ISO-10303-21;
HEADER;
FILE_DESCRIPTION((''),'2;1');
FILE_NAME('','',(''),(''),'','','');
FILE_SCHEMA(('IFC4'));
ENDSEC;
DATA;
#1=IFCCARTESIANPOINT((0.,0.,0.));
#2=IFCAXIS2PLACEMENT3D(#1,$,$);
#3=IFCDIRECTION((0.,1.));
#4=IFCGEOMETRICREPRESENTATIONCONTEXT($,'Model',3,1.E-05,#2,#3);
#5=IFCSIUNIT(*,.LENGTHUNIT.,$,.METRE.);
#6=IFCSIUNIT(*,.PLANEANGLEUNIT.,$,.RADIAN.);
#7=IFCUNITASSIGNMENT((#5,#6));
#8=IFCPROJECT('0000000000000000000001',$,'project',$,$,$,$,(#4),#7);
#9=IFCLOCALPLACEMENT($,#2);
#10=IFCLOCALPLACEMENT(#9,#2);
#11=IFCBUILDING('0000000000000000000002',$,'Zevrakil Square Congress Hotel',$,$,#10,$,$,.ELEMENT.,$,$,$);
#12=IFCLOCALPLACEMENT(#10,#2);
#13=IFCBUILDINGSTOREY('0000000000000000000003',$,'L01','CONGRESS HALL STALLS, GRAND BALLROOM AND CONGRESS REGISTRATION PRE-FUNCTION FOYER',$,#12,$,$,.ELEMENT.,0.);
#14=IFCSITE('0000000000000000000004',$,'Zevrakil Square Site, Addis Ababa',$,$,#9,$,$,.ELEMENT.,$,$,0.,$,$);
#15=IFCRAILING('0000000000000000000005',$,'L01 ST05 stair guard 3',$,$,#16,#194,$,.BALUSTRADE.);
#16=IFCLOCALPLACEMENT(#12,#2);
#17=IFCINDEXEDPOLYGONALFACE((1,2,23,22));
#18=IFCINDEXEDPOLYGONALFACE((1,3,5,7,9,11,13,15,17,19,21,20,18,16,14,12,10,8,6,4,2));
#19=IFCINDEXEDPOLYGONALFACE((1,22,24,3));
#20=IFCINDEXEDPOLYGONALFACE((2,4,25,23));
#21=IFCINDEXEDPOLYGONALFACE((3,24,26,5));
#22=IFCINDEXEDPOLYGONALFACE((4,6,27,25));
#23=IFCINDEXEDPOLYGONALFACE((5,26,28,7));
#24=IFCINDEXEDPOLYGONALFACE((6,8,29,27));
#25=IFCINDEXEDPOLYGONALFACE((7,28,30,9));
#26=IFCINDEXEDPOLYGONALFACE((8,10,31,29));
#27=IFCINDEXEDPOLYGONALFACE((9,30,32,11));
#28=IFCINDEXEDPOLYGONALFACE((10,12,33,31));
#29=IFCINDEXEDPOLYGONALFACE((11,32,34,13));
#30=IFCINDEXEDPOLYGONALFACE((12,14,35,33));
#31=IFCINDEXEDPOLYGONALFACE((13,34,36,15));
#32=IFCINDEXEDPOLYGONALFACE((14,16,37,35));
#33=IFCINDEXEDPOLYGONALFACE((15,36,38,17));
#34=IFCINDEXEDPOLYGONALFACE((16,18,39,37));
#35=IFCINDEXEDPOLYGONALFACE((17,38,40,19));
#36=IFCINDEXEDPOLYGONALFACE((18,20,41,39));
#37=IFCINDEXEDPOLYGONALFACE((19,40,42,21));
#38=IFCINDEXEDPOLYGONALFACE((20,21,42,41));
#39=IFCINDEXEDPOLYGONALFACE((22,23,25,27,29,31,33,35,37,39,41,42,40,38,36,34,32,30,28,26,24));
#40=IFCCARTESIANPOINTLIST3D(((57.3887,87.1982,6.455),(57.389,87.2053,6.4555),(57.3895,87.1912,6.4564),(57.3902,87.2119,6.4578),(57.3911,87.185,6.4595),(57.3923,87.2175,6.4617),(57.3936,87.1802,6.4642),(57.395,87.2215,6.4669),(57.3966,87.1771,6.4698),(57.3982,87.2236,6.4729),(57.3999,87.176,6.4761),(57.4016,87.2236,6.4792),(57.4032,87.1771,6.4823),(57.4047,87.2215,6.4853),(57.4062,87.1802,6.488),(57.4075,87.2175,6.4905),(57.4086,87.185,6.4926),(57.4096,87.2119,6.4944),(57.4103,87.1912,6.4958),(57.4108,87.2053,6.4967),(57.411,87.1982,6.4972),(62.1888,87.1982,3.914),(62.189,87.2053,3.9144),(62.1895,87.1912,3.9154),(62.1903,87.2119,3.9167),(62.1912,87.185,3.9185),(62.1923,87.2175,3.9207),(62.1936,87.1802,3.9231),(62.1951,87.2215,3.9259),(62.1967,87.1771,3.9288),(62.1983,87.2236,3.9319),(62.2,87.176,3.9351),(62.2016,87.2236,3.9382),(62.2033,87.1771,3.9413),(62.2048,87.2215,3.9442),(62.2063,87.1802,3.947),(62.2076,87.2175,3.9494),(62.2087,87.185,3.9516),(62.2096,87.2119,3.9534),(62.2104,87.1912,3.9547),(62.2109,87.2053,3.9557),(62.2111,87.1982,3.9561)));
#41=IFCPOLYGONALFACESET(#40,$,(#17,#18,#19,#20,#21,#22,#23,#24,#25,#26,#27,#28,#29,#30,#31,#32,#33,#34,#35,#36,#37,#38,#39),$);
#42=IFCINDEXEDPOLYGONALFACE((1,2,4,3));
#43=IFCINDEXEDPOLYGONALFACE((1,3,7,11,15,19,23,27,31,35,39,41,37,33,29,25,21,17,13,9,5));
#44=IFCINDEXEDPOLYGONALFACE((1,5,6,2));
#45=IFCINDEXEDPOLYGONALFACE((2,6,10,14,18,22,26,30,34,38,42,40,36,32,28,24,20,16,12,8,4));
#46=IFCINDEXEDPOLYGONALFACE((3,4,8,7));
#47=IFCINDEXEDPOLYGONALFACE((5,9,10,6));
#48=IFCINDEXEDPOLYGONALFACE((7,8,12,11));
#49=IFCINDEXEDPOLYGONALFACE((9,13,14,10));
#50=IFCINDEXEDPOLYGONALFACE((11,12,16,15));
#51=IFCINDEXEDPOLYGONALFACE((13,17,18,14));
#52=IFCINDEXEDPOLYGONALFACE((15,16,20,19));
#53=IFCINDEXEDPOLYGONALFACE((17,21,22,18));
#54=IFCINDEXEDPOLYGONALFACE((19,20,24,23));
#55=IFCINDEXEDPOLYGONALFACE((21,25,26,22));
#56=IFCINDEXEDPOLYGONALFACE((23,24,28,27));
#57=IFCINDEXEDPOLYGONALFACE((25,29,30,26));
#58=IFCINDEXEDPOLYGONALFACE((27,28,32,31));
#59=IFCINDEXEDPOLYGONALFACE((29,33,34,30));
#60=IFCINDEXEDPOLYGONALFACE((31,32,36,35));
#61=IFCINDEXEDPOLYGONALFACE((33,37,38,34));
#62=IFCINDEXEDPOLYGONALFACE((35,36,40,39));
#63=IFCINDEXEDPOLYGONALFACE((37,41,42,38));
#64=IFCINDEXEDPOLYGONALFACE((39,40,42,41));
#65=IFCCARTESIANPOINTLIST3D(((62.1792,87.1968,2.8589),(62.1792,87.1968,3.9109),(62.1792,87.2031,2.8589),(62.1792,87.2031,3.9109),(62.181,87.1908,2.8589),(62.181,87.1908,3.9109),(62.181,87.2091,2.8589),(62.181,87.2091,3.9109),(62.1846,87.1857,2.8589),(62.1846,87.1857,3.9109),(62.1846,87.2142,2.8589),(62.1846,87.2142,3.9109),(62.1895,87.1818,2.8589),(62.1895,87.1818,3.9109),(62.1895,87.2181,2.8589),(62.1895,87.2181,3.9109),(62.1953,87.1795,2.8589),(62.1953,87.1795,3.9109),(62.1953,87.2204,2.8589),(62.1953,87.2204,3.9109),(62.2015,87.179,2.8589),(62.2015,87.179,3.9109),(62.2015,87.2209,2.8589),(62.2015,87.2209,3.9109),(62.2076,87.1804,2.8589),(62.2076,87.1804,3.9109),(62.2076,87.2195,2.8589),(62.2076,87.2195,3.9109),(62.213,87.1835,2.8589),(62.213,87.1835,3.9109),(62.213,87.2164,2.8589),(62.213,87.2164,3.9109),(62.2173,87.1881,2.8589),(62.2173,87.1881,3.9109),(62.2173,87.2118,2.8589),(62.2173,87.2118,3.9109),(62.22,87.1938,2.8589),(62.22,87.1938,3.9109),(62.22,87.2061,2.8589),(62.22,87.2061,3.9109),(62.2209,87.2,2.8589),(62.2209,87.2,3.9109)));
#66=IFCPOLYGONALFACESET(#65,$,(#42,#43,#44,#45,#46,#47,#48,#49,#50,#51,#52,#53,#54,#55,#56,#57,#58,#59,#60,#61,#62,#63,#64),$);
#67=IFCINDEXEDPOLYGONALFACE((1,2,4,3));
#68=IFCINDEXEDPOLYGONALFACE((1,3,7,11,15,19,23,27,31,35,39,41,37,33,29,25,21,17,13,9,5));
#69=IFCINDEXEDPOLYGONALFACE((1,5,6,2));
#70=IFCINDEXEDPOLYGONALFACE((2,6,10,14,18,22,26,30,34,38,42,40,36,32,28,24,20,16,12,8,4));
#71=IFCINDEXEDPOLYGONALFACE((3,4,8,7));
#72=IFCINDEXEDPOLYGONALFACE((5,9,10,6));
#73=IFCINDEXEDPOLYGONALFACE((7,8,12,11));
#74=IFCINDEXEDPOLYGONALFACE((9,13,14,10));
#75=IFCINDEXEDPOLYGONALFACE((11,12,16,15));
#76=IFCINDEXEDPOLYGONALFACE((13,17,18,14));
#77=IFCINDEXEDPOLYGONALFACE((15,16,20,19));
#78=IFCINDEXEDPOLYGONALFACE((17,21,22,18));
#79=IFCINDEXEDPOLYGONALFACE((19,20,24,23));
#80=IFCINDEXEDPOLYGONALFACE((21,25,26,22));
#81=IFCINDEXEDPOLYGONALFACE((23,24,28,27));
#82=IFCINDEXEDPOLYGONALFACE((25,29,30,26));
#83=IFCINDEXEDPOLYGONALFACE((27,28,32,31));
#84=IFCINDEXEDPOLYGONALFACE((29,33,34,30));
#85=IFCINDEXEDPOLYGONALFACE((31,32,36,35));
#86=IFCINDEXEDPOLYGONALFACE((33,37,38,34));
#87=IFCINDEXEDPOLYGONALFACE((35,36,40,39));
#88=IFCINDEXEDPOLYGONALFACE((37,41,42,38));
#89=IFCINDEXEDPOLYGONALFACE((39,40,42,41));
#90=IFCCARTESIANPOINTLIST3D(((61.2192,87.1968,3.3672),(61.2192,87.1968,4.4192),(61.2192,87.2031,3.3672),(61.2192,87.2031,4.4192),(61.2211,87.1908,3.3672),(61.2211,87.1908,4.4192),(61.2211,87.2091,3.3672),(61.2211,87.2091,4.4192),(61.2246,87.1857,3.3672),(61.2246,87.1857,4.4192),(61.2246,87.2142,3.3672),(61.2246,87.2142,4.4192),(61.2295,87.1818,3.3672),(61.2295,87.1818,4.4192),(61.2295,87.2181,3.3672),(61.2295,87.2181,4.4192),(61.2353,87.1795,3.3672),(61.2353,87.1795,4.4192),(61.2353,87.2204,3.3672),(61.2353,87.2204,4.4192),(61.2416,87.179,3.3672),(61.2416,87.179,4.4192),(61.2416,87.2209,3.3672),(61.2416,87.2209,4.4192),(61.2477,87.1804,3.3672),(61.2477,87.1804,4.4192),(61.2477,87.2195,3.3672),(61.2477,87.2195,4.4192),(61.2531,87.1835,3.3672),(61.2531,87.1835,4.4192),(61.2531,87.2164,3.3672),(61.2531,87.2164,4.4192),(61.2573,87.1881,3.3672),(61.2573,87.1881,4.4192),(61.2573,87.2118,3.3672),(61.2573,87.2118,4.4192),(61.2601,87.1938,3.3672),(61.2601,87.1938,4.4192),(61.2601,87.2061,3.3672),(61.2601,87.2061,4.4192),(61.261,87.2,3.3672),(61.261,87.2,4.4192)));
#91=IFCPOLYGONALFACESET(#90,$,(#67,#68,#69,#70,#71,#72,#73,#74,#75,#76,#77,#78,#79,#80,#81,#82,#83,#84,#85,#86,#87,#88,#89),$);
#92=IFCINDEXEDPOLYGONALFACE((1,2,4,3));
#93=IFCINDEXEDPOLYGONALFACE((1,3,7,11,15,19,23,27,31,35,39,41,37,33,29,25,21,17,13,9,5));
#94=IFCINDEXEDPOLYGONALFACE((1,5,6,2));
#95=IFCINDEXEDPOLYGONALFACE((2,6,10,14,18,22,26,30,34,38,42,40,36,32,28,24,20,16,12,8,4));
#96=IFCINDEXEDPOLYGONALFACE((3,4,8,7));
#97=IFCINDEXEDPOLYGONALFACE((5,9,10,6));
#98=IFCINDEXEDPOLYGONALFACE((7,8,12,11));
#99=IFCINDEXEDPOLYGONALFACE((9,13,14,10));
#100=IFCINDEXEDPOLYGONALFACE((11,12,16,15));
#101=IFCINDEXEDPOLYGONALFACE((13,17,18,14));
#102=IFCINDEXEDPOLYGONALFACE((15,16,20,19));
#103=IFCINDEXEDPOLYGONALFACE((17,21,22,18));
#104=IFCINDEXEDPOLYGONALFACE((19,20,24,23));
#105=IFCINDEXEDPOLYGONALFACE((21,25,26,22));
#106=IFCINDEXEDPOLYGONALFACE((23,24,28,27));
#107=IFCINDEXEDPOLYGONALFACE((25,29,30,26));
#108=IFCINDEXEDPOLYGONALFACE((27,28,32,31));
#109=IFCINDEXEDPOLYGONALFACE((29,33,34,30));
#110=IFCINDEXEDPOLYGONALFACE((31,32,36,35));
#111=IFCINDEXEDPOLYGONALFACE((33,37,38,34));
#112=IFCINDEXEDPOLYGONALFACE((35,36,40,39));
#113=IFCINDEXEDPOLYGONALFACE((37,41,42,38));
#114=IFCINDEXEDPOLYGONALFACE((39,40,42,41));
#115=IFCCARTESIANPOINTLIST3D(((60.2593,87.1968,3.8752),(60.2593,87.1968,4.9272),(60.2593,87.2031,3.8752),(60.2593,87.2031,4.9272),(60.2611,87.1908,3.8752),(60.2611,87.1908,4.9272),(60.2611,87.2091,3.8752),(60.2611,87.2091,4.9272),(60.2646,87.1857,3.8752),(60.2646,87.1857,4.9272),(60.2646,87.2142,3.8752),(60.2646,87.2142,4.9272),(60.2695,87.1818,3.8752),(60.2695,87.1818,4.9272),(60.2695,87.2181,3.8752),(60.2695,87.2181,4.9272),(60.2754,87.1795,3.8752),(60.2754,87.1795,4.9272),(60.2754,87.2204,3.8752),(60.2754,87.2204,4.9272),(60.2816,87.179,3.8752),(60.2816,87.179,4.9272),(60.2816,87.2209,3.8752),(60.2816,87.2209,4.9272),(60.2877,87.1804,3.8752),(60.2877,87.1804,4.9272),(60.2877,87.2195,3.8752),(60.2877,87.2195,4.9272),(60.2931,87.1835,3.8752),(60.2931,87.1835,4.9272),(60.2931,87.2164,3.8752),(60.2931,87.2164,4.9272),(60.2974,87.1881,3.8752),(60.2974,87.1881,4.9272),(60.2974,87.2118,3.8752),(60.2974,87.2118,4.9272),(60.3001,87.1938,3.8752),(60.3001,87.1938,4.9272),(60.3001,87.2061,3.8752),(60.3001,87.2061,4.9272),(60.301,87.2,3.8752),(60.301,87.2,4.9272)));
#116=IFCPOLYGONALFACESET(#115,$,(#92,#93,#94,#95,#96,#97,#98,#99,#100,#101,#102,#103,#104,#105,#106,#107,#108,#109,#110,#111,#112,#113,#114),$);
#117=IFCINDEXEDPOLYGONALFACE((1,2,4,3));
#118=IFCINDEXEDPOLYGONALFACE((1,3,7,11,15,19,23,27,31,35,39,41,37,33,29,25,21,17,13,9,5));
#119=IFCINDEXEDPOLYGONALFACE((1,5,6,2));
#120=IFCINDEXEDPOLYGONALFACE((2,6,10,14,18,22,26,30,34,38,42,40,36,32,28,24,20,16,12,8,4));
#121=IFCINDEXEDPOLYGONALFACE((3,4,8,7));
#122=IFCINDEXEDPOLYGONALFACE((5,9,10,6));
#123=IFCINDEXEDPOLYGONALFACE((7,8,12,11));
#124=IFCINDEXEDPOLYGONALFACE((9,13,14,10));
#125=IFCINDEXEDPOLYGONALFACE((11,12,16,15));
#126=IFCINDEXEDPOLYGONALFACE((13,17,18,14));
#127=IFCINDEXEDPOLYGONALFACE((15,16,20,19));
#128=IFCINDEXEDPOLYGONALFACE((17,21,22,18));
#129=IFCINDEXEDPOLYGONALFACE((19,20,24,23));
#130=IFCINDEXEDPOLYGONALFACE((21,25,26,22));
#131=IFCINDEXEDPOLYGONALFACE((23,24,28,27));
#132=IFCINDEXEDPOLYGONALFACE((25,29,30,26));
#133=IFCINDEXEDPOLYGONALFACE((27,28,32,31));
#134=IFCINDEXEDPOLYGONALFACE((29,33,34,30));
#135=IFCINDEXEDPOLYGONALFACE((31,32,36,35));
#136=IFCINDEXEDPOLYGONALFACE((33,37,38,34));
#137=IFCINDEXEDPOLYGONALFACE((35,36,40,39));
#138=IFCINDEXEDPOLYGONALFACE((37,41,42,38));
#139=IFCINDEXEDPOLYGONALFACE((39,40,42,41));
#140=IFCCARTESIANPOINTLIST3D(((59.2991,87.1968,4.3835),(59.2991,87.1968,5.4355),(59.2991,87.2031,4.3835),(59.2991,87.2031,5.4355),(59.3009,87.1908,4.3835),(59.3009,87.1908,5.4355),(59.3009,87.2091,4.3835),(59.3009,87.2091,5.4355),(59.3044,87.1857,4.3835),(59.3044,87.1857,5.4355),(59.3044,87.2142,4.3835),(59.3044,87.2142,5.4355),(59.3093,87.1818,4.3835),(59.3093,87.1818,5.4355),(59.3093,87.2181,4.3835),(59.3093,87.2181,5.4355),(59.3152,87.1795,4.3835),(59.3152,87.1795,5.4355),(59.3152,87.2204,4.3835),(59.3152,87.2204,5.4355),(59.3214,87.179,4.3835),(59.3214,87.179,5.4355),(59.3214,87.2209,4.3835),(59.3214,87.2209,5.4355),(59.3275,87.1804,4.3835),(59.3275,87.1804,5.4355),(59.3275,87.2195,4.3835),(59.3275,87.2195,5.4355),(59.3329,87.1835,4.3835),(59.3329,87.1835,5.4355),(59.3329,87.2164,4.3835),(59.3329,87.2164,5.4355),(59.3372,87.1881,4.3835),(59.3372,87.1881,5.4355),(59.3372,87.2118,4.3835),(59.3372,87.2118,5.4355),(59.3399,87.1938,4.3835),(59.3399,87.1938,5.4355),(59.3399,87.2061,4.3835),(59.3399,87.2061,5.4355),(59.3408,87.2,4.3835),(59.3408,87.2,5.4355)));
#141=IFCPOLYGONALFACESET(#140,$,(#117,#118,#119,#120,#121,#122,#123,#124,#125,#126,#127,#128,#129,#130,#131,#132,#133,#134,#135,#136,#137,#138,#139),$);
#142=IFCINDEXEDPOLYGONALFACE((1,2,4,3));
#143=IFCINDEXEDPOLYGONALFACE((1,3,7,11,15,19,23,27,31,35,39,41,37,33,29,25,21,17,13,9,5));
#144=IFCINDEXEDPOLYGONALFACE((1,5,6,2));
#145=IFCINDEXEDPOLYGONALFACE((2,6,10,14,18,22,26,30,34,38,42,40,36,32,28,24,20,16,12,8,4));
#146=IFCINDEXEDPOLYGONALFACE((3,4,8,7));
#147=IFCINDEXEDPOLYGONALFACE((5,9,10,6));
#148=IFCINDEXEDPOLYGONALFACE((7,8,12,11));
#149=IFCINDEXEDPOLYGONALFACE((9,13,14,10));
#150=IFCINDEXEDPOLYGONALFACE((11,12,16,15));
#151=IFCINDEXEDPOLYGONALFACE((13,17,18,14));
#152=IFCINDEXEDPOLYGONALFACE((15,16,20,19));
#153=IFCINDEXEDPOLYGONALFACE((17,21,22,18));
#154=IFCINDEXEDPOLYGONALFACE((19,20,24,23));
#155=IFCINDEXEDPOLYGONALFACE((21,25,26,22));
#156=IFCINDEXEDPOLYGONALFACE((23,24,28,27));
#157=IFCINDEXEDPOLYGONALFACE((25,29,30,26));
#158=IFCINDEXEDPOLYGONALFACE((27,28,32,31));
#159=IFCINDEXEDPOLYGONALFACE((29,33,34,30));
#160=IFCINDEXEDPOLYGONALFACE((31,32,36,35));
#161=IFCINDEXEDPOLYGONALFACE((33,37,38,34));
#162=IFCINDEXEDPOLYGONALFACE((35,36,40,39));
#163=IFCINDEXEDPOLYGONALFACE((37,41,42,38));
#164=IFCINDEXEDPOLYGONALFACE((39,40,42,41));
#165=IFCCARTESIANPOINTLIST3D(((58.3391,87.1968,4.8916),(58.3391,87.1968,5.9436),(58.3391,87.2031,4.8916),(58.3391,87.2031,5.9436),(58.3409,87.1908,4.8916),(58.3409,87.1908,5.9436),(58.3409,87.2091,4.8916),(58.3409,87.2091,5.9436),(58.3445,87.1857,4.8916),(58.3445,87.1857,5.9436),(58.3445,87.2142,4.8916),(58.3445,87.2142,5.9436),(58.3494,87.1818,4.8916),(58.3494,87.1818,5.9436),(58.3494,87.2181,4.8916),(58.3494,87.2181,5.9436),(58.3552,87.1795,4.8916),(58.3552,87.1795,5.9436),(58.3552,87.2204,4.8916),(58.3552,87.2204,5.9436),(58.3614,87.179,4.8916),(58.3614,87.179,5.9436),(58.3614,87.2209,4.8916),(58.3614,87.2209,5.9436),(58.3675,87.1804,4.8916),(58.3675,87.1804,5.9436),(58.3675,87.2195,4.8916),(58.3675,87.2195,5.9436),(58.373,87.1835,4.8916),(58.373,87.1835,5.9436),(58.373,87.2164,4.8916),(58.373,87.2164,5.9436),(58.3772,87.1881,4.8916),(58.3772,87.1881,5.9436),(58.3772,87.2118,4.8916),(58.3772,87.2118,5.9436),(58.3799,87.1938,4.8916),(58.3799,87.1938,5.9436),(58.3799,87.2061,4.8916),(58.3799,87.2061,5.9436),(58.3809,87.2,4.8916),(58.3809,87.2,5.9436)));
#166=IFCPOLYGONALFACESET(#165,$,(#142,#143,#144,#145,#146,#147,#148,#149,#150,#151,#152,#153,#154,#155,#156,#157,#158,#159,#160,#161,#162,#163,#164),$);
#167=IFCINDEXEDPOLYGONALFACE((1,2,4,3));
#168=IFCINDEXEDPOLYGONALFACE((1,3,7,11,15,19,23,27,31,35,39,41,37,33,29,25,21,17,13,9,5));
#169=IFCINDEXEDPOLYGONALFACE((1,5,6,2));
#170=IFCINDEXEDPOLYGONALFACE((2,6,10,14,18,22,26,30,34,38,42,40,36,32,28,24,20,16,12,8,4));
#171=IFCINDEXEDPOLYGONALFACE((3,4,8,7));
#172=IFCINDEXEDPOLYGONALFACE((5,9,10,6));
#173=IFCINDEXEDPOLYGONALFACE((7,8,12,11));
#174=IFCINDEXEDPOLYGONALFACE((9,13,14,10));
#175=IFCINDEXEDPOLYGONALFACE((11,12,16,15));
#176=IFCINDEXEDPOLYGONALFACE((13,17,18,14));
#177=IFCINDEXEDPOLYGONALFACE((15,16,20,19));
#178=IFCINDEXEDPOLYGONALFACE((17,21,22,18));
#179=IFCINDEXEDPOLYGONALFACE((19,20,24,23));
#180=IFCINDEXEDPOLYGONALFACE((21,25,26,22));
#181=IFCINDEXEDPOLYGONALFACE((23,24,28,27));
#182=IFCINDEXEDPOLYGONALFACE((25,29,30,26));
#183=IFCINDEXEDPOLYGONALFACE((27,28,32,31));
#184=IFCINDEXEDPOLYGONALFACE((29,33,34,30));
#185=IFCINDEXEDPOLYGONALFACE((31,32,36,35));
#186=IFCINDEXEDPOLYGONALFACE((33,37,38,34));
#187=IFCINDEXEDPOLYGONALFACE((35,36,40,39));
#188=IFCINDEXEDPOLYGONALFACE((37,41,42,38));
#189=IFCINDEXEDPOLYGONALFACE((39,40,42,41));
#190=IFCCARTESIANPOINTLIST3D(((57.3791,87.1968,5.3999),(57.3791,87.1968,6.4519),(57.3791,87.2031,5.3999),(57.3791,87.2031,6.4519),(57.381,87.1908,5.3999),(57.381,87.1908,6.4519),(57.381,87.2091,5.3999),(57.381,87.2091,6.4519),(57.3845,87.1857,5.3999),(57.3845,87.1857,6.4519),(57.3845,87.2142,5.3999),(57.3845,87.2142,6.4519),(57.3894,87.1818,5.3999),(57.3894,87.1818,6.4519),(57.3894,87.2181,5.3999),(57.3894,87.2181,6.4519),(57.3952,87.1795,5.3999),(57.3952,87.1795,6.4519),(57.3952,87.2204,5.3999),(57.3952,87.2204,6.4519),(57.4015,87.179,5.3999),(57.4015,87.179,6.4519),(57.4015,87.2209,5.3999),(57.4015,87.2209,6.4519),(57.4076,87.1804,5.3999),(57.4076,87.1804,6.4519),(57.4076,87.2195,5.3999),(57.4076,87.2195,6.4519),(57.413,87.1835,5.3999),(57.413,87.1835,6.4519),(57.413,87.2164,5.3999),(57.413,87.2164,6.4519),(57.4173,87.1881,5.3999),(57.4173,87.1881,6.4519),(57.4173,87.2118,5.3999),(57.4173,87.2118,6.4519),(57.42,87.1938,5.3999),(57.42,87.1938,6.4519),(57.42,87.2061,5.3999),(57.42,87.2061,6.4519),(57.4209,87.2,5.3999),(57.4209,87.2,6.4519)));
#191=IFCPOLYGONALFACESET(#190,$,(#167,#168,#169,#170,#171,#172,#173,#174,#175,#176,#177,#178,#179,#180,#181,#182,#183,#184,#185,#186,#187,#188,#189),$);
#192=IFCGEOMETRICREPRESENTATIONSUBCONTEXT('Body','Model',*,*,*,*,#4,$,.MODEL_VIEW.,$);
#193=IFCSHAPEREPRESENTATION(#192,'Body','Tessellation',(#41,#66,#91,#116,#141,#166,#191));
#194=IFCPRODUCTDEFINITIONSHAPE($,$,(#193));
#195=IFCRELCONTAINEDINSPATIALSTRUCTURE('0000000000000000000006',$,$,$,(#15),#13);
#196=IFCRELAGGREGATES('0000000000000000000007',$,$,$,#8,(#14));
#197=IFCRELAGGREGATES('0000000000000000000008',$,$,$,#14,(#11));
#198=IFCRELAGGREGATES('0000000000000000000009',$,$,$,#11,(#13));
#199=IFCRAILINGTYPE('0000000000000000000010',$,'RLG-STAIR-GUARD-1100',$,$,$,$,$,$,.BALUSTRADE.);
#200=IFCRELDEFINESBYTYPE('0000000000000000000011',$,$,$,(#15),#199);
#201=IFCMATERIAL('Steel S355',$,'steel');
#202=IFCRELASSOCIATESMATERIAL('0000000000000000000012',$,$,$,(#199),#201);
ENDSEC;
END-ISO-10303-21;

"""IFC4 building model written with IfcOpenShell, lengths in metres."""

from ifc_helpers import new_model, si_unit, direction, frame, origin, origin_2d, place, context, subcontext, project, spatial, circle, extrude, material, type_object, element, save


model = new_model("IFC4")

# Units and contexts
model_context = context("Model", 3, precision=1e-05, world=origin(), true_north=direction((0.0, 1.0)))
body_context = subcontext(model_context, "Body", "Model", "MODEL_VIEW")
ifc_project = project(units=[si_unit("LENGTHUNIT", "METRE"), si_unit("PLANEANGLEUNIT", "RADIAN")], contexts=[model_context])

# Site, building, storey
site_placement = place(None, origin())
site = spatial("IfcSite", under=ifc_project, at=site_placement, Name="Zevrakil Square Site, Addis Ababa", CompositionType="ELEMENT", RefElevation=0.0)
building_placement = place(site_placement, origin())
building = spatial("IfcBuilding", under=site, at=building_placement, Name="Zevrakil Square Congress Hotel", CompositionType="ELEMENT")
storey_placement = place(building_placement, origin())
storey = spatial("IfcBuildingStorey", under=building, at=storey_placement, Name="L01", Description="CONGRESS HALL STALLS, GRAND BALLROOM AND CONGRESS REGISTRATION PRE-FUNCTION FOYER", CompositionType="ELEMENT", Elevation=0.0)

# Railing
ifc_material_1 = material(Name="Steel S355", Category="steel")
railing_type_1 = type_object("IfcRailingType", Name="RLG-STAIR-GUARD-1100", PredefinedType="BALUSTRADE", material=ifc_material_1)
railing_1_placement = place(storey_placement, frame((62.2, 87.2, 2.8589)))
element("IfcRailing", 1, at=railing_1_placement, inside=storey, type_object=railing_type_1, Name="L01 ST05 stair guard 3", PredefinedType="BALUSTRADE", context=body_context, shape_type="SweptSolid", body=[
    extrude(circle(Radius=0.0239, at=origin_2d()), frame((0.0, 0.0, 1.0762), z_axis=(-0.883802, 0.0, 0.467861), x_axis=(0.0, -1.0, 0.0)), (0.0, 0.0, 1.0), 5.4312),
    extrude(circle(Radius=0.021, at=origin_2d()), origin(), (0.0, 0.0, 1.0), 1.052),
    extrude(circle(Radius=0.021, at=origin_2d()), frame((-0.96, 0.0, 0.5083)), (0.0, 0.0, 1.0), 1.052),
    extrude(circle(Radius=0.021, at=origin_2d()), frame((-1.9199, 0.0, 1.0164)), (0.0, 0.0, 1.0), 1.052),
    extrude(circle(Radius=0.021, at=origin_2d()), frame((-2.8801, 0.0, 1.5247)), (0.0, 0.0, 1.0), 1.052),
    extrude(circle(Radius=0.021, at=origin_2d()), frame((-3.8401, 0.0, 2.0327)), (0.0, 0.0, 1.0), 1.052),
    extrude(circle(Radius=0.021, at=origin_2d()), frame((-4.8, 0.0, 2.541)), (0.0, 0.0, 1.0), 1.052),
])

save(model, "model.ifc")
